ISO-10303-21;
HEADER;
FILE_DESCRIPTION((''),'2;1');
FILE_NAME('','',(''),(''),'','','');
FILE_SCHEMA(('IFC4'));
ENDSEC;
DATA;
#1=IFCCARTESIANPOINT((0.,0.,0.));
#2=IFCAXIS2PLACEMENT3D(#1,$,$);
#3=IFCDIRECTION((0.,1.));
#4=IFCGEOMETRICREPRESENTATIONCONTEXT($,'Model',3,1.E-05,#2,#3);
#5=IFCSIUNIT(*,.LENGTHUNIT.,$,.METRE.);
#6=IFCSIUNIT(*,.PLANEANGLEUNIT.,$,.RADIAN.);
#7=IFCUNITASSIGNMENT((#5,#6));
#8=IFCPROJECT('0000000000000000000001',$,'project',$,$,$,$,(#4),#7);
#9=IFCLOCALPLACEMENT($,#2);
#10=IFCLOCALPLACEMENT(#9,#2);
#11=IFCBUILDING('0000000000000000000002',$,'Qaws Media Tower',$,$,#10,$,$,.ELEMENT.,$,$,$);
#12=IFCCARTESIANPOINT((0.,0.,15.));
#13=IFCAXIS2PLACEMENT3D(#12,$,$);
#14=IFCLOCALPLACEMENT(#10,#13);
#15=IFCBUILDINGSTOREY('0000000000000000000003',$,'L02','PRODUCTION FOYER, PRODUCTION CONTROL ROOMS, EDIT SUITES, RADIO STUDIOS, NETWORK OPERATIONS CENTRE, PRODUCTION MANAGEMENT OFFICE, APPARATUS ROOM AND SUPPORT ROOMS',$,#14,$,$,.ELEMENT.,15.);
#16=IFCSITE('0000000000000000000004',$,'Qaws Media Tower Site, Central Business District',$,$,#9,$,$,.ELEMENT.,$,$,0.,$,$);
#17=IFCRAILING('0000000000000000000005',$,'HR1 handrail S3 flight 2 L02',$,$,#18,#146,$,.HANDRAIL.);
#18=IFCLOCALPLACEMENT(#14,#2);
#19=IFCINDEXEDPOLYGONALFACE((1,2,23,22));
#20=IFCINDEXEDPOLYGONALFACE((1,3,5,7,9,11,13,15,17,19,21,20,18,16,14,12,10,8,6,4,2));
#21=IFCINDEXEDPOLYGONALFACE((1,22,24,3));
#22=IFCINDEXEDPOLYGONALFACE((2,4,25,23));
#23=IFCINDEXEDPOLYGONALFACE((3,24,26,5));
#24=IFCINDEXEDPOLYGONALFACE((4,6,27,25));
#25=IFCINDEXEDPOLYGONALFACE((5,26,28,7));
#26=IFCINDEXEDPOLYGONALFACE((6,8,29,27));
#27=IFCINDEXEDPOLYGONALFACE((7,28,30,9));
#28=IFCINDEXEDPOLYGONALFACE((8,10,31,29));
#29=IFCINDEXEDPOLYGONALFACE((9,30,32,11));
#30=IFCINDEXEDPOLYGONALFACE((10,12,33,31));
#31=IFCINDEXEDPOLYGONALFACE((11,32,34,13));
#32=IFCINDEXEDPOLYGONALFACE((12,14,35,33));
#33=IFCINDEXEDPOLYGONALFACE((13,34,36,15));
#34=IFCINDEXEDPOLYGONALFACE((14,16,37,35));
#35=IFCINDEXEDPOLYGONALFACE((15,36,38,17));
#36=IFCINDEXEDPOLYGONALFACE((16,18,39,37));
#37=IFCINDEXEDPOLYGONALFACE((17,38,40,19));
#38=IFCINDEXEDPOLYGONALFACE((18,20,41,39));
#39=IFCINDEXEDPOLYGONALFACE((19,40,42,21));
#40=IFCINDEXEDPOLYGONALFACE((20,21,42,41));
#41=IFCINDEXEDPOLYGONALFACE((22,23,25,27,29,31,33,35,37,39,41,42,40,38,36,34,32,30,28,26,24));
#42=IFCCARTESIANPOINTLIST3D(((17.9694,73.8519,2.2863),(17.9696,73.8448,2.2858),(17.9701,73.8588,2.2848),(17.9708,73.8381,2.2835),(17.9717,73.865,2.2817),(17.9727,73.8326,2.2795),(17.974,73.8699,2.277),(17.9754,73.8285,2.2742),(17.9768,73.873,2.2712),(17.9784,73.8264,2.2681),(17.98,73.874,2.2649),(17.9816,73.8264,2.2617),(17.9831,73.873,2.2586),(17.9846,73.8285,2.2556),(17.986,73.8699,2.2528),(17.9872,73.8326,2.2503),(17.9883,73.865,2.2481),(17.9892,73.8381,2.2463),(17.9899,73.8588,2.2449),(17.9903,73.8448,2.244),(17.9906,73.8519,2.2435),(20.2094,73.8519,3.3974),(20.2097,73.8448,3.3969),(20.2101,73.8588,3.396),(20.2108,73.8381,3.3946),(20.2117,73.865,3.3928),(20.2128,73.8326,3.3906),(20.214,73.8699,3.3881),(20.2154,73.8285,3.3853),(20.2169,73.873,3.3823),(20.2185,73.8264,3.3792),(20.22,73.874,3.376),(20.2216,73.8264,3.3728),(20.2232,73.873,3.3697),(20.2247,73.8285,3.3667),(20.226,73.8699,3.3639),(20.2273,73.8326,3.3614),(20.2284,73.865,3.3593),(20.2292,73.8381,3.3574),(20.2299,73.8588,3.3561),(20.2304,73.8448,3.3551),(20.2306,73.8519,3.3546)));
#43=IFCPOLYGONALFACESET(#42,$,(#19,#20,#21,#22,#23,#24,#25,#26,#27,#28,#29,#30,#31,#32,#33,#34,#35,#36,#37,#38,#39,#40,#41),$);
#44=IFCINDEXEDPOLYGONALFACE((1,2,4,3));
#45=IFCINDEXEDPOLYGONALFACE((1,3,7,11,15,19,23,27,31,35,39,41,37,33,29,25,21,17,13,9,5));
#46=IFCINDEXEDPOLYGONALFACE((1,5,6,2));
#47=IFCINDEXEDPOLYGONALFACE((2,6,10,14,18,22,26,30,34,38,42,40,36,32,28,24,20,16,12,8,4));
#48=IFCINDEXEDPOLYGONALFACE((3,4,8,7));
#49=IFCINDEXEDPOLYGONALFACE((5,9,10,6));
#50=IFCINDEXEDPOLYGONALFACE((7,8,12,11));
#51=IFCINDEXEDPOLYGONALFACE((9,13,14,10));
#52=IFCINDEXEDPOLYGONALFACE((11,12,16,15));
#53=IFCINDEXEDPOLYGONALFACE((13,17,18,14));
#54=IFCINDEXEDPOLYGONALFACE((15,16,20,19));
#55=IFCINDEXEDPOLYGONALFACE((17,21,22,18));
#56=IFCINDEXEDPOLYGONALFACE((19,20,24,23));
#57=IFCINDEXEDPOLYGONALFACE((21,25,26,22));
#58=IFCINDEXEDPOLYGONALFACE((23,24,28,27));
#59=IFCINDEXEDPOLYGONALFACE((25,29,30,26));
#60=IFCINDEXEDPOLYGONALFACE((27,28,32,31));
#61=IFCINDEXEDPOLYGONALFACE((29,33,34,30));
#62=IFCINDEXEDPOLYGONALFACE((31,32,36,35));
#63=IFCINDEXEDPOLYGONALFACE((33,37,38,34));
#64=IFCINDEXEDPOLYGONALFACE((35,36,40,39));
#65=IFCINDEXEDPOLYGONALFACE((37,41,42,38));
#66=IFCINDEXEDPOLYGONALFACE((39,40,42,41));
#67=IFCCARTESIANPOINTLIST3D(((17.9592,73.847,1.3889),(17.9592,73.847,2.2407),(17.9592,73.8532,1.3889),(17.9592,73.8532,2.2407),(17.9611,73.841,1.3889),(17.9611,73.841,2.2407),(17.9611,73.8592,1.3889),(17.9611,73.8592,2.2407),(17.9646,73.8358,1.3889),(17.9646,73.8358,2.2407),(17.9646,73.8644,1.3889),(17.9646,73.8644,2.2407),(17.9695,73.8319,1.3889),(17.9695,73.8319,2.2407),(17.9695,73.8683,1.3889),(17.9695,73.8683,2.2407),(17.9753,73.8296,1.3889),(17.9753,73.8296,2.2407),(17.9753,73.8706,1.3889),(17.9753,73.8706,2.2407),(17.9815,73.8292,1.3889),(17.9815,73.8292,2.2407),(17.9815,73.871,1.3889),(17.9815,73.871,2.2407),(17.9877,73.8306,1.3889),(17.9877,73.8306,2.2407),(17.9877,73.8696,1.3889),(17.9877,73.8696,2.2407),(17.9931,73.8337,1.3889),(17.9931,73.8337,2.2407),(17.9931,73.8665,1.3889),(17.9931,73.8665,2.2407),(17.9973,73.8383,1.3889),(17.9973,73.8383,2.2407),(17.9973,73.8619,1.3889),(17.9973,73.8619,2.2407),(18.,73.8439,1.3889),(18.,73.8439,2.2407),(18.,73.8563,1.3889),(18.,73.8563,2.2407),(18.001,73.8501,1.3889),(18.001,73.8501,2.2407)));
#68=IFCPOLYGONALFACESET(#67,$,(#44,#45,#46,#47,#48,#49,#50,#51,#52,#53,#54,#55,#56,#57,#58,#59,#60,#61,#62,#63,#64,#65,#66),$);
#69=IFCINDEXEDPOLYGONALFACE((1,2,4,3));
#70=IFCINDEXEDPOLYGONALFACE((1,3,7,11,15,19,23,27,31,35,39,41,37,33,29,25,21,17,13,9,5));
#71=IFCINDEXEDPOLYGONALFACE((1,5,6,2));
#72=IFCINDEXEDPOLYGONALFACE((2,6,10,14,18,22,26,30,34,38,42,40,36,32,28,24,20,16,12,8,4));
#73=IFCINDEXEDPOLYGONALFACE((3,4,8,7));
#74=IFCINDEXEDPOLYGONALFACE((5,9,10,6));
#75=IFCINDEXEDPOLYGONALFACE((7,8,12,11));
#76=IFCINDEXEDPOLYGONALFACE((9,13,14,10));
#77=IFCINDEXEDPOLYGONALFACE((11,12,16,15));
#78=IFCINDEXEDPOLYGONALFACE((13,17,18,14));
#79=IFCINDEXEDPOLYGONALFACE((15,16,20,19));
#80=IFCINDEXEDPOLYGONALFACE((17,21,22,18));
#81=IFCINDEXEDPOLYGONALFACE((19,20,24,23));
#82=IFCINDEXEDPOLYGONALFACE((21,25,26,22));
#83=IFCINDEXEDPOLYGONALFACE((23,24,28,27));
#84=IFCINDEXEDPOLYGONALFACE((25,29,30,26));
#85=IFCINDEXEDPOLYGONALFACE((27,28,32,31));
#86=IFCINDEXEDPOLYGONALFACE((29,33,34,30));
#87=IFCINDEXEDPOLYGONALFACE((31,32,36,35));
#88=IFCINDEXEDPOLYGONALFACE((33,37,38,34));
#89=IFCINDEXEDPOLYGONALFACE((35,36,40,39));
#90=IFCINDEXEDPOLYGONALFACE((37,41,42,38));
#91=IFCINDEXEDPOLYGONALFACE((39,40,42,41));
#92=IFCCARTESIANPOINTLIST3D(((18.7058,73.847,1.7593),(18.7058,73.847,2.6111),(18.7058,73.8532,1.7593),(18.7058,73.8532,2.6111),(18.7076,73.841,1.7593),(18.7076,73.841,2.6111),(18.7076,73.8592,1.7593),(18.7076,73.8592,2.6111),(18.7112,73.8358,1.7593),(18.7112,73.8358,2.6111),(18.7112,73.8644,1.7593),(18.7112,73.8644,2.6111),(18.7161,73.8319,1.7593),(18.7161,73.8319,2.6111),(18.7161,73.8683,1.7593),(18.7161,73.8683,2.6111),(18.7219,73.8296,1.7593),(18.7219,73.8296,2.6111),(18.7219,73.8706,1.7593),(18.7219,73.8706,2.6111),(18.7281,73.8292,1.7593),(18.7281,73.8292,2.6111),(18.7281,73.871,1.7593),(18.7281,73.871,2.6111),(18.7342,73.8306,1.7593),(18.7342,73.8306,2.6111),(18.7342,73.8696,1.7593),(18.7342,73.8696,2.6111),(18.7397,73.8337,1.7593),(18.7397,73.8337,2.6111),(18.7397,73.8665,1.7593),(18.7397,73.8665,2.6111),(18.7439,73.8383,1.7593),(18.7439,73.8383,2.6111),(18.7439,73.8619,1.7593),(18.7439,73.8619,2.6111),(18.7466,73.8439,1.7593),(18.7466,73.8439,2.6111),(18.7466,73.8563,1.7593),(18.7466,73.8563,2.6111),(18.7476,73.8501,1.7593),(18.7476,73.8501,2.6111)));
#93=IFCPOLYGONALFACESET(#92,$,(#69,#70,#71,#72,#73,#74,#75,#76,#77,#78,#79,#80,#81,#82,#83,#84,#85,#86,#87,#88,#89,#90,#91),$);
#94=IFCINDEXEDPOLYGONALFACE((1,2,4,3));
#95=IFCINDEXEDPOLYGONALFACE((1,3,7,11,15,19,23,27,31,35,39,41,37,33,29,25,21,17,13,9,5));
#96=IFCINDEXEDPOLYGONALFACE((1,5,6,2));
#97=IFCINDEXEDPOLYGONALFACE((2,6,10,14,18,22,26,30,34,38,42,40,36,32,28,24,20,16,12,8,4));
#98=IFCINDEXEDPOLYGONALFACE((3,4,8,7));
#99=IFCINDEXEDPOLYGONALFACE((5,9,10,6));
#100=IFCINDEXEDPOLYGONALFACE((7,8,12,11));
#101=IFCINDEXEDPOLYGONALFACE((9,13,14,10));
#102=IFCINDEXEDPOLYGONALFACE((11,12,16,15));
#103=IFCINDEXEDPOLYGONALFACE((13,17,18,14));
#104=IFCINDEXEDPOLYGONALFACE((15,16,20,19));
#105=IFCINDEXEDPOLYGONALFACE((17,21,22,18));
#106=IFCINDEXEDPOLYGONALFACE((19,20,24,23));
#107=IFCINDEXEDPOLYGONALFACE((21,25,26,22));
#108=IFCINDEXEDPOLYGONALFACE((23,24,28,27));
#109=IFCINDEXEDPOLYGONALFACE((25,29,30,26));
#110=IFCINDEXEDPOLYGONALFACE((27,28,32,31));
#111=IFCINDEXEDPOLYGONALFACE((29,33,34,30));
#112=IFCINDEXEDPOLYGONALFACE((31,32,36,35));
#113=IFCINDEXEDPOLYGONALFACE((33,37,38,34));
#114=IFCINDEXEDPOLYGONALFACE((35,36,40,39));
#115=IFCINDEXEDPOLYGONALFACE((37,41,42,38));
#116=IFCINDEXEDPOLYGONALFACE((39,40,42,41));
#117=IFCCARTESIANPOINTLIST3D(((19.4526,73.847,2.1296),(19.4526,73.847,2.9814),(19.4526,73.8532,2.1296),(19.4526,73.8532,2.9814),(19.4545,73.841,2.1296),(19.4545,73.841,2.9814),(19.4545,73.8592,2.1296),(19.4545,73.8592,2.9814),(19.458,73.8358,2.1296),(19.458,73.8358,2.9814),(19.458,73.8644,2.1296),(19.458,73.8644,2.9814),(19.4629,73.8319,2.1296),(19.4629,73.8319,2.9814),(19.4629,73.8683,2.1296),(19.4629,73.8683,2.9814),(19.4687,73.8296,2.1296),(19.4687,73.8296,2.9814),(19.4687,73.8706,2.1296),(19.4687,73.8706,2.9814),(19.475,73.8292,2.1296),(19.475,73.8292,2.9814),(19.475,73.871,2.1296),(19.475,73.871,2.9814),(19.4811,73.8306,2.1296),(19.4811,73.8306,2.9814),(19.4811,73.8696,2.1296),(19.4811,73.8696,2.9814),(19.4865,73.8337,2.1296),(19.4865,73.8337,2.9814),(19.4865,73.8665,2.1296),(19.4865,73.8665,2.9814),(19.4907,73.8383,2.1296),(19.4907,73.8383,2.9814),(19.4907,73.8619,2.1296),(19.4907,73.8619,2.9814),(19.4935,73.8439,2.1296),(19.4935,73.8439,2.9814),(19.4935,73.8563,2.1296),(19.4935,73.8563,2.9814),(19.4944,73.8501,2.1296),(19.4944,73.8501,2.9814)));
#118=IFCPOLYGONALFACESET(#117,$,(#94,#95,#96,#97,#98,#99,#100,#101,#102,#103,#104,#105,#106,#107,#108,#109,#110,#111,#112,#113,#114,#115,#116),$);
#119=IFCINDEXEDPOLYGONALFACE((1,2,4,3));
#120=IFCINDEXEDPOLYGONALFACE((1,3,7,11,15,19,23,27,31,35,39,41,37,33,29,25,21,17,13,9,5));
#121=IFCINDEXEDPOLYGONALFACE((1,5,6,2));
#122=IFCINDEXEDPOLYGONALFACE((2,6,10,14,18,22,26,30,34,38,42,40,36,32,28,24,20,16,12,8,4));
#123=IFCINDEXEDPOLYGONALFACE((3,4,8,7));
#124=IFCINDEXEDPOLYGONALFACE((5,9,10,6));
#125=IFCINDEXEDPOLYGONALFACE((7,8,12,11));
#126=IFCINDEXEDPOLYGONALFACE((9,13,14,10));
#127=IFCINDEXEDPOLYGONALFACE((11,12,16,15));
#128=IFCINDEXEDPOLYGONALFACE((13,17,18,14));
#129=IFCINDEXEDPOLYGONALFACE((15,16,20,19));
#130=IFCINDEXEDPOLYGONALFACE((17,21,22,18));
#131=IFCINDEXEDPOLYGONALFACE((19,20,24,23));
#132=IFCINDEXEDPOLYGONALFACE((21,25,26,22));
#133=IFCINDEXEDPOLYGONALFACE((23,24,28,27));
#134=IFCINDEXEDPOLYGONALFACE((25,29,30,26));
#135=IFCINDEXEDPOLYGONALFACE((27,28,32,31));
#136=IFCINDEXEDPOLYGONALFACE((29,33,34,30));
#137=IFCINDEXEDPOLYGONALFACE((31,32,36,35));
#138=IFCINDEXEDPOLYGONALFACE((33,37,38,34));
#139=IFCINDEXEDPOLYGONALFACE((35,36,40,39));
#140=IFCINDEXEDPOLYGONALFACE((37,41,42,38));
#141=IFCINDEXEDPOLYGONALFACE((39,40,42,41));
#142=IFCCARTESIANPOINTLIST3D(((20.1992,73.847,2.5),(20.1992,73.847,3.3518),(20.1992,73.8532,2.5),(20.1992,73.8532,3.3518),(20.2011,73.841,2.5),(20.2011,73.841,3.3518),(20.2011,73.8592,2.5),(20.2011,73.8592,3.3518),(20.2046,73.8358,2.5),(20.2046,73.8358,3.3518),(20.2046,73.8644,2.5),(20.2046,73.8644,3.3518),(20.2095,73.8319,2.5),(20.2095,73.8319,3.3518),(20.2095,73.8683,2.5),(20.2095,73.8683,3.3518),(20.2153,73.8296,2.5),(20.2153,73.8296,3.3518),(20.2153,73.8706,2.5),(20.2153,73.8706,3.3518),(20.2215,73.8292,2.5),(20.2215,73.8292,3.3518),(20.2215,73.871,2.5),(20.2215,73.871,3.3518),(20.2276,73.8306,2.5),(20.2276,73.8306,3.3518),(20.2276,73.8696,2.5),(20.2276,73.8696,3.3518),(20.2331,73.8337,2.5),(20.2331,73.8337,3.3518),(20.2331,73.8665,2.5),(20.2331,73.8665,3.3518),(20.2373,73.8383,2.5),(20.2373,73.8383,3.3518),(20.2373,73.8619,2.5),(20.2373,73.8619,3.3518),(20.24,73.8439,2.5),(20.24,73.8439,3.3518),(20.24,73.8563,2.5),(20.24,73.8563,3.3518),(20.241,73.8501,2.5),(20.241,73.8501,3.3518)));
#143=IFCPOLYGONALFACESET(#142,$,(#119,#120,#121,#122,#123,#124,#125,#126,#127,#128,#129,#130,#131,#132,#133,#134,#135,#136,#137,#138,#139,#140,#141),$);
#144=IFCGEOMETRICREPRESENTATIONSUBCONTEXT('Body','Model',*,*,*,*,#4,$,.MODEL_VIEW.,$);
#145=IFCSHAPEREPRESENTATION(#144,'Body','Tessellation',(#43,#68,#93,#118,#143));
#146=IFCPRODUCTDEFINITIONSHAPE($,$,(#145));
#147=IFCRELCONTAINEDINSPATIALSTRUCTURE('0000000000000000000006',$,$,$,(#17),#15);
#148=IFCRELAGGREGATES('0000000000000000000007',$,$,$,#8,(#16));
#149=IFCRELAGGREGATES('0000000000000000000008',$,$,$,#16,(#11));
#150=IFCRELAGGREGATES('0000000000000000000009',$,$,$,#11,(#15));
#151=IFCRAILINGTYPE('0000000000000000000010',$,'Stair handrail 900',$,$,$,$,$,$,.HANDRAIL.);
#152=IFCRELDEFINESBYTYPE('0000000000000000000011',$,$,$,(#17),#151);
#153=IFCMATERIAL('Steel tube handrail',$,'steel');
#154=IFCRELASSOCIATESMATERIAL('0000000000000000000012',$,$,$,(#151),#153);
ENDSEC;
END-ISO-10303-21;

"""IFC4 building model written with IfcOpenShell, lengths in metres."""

from ifc_helpers import new_model, si_unit, direction, frame, origin, origin_2d, place, context, subcontext, project, spatial, circle, extrude, material, type_object, element, save


model = new_model("IFC4")

# Units and contexts
model_context = context("Model", 3, precision=1e-05, world=origin(), true_north=direction((0.0, 1.0)))
body_context = subcontext(model_context, "Body", "Model", "MODEL_VIEW")
ifc_project = project(units=[si_unit("LENGTHUNIT", "METRE"), si_unit("PLANEANGLEUNIT", "RADIAN")], contexts=[model_context])

# Site, building, storey
site_placement = place(None, origin())
site = spatial("IfcSite", under=ifc_project, at=site_placement, Name="Qaws Media Tower Site, Central Business District", CompositionType="ELEMENT", RefElevation=0.0)
building_placement = place(site_placement, origin())
building = spatial("IfcBuilding", under=site, at=building_placement, Name="Qaws Media Tower", CompositionType="ELEMENT")
storey_placement = place(building_placement, frame((0.0, 0.0, 15.0)))
storey = spatial("IfcBuildingStorey", under=building, at=storey_placement, Name="L02", Description="PRODUCTION FOYER, PRODUCTION CONTROL ROOMS, EDIT SUITES, RADIO STUDIOS, NETWORK OPERATIONS CENTRE, PRODUCTION MANAGEMENT OFFICE, APPARATUS ROOM AND SUPPORT ROOMS", CompositionType="ELEMENT", Elevation=15.0)

# Railing
ifc_material_1 = material(Name="Steel tube handrail", Category="steel")
railing_type = type_object("IfcRailingType", Name="Stair handrail 900", PredefinedType="HANDRAIL", material=ifc_material_1)
for number, where, name in (
    (1, (17.98, 73.8501, 1.3889), "HR1 handrail S3 flight 2 L02"),
):
    element("IfcRailing", number, at=place(storey_placement, frame(where)), inside=storey, type_object=railing_type, Name=name, PredefinedType="HANDRAIL", context=body_context, shape_type="SweptSolid", body=[
        extrude(circle(Radius=0.0239, at=origin_2d()), frame((0.0, 0.0, 0.876), z_axis=(0.895848, 0.0, 0.44436), x_axis=(0.0, 1.0, 0.0)), (0.0, 0.0, 1.0), 2.5005),
        extrude(circle(Radius=0.021, at=origin_2d()), origin(), (0.0, 0.0, 1.0), 0.8518),
        extrude(circle(Radius=0.021, at=origin_2d()), frame((0.7466, 0.0, 0.3704)), (0.0, 0.0, 1.0), 0.8518),
        extrude(circle(Radius=0.021, at=origin_2d()), frame((1.4934, 0.0, 0.7407)), (0.0, 0.0, 1.0), 0.8518),
        extrude(circle(Radius=0.021, at=origin_2d()), frame((2.24, 0.0, 1.1111)), (0.0, 0.0, 1.0), 0.8518),
    ])

save(model, "model.ifc")
